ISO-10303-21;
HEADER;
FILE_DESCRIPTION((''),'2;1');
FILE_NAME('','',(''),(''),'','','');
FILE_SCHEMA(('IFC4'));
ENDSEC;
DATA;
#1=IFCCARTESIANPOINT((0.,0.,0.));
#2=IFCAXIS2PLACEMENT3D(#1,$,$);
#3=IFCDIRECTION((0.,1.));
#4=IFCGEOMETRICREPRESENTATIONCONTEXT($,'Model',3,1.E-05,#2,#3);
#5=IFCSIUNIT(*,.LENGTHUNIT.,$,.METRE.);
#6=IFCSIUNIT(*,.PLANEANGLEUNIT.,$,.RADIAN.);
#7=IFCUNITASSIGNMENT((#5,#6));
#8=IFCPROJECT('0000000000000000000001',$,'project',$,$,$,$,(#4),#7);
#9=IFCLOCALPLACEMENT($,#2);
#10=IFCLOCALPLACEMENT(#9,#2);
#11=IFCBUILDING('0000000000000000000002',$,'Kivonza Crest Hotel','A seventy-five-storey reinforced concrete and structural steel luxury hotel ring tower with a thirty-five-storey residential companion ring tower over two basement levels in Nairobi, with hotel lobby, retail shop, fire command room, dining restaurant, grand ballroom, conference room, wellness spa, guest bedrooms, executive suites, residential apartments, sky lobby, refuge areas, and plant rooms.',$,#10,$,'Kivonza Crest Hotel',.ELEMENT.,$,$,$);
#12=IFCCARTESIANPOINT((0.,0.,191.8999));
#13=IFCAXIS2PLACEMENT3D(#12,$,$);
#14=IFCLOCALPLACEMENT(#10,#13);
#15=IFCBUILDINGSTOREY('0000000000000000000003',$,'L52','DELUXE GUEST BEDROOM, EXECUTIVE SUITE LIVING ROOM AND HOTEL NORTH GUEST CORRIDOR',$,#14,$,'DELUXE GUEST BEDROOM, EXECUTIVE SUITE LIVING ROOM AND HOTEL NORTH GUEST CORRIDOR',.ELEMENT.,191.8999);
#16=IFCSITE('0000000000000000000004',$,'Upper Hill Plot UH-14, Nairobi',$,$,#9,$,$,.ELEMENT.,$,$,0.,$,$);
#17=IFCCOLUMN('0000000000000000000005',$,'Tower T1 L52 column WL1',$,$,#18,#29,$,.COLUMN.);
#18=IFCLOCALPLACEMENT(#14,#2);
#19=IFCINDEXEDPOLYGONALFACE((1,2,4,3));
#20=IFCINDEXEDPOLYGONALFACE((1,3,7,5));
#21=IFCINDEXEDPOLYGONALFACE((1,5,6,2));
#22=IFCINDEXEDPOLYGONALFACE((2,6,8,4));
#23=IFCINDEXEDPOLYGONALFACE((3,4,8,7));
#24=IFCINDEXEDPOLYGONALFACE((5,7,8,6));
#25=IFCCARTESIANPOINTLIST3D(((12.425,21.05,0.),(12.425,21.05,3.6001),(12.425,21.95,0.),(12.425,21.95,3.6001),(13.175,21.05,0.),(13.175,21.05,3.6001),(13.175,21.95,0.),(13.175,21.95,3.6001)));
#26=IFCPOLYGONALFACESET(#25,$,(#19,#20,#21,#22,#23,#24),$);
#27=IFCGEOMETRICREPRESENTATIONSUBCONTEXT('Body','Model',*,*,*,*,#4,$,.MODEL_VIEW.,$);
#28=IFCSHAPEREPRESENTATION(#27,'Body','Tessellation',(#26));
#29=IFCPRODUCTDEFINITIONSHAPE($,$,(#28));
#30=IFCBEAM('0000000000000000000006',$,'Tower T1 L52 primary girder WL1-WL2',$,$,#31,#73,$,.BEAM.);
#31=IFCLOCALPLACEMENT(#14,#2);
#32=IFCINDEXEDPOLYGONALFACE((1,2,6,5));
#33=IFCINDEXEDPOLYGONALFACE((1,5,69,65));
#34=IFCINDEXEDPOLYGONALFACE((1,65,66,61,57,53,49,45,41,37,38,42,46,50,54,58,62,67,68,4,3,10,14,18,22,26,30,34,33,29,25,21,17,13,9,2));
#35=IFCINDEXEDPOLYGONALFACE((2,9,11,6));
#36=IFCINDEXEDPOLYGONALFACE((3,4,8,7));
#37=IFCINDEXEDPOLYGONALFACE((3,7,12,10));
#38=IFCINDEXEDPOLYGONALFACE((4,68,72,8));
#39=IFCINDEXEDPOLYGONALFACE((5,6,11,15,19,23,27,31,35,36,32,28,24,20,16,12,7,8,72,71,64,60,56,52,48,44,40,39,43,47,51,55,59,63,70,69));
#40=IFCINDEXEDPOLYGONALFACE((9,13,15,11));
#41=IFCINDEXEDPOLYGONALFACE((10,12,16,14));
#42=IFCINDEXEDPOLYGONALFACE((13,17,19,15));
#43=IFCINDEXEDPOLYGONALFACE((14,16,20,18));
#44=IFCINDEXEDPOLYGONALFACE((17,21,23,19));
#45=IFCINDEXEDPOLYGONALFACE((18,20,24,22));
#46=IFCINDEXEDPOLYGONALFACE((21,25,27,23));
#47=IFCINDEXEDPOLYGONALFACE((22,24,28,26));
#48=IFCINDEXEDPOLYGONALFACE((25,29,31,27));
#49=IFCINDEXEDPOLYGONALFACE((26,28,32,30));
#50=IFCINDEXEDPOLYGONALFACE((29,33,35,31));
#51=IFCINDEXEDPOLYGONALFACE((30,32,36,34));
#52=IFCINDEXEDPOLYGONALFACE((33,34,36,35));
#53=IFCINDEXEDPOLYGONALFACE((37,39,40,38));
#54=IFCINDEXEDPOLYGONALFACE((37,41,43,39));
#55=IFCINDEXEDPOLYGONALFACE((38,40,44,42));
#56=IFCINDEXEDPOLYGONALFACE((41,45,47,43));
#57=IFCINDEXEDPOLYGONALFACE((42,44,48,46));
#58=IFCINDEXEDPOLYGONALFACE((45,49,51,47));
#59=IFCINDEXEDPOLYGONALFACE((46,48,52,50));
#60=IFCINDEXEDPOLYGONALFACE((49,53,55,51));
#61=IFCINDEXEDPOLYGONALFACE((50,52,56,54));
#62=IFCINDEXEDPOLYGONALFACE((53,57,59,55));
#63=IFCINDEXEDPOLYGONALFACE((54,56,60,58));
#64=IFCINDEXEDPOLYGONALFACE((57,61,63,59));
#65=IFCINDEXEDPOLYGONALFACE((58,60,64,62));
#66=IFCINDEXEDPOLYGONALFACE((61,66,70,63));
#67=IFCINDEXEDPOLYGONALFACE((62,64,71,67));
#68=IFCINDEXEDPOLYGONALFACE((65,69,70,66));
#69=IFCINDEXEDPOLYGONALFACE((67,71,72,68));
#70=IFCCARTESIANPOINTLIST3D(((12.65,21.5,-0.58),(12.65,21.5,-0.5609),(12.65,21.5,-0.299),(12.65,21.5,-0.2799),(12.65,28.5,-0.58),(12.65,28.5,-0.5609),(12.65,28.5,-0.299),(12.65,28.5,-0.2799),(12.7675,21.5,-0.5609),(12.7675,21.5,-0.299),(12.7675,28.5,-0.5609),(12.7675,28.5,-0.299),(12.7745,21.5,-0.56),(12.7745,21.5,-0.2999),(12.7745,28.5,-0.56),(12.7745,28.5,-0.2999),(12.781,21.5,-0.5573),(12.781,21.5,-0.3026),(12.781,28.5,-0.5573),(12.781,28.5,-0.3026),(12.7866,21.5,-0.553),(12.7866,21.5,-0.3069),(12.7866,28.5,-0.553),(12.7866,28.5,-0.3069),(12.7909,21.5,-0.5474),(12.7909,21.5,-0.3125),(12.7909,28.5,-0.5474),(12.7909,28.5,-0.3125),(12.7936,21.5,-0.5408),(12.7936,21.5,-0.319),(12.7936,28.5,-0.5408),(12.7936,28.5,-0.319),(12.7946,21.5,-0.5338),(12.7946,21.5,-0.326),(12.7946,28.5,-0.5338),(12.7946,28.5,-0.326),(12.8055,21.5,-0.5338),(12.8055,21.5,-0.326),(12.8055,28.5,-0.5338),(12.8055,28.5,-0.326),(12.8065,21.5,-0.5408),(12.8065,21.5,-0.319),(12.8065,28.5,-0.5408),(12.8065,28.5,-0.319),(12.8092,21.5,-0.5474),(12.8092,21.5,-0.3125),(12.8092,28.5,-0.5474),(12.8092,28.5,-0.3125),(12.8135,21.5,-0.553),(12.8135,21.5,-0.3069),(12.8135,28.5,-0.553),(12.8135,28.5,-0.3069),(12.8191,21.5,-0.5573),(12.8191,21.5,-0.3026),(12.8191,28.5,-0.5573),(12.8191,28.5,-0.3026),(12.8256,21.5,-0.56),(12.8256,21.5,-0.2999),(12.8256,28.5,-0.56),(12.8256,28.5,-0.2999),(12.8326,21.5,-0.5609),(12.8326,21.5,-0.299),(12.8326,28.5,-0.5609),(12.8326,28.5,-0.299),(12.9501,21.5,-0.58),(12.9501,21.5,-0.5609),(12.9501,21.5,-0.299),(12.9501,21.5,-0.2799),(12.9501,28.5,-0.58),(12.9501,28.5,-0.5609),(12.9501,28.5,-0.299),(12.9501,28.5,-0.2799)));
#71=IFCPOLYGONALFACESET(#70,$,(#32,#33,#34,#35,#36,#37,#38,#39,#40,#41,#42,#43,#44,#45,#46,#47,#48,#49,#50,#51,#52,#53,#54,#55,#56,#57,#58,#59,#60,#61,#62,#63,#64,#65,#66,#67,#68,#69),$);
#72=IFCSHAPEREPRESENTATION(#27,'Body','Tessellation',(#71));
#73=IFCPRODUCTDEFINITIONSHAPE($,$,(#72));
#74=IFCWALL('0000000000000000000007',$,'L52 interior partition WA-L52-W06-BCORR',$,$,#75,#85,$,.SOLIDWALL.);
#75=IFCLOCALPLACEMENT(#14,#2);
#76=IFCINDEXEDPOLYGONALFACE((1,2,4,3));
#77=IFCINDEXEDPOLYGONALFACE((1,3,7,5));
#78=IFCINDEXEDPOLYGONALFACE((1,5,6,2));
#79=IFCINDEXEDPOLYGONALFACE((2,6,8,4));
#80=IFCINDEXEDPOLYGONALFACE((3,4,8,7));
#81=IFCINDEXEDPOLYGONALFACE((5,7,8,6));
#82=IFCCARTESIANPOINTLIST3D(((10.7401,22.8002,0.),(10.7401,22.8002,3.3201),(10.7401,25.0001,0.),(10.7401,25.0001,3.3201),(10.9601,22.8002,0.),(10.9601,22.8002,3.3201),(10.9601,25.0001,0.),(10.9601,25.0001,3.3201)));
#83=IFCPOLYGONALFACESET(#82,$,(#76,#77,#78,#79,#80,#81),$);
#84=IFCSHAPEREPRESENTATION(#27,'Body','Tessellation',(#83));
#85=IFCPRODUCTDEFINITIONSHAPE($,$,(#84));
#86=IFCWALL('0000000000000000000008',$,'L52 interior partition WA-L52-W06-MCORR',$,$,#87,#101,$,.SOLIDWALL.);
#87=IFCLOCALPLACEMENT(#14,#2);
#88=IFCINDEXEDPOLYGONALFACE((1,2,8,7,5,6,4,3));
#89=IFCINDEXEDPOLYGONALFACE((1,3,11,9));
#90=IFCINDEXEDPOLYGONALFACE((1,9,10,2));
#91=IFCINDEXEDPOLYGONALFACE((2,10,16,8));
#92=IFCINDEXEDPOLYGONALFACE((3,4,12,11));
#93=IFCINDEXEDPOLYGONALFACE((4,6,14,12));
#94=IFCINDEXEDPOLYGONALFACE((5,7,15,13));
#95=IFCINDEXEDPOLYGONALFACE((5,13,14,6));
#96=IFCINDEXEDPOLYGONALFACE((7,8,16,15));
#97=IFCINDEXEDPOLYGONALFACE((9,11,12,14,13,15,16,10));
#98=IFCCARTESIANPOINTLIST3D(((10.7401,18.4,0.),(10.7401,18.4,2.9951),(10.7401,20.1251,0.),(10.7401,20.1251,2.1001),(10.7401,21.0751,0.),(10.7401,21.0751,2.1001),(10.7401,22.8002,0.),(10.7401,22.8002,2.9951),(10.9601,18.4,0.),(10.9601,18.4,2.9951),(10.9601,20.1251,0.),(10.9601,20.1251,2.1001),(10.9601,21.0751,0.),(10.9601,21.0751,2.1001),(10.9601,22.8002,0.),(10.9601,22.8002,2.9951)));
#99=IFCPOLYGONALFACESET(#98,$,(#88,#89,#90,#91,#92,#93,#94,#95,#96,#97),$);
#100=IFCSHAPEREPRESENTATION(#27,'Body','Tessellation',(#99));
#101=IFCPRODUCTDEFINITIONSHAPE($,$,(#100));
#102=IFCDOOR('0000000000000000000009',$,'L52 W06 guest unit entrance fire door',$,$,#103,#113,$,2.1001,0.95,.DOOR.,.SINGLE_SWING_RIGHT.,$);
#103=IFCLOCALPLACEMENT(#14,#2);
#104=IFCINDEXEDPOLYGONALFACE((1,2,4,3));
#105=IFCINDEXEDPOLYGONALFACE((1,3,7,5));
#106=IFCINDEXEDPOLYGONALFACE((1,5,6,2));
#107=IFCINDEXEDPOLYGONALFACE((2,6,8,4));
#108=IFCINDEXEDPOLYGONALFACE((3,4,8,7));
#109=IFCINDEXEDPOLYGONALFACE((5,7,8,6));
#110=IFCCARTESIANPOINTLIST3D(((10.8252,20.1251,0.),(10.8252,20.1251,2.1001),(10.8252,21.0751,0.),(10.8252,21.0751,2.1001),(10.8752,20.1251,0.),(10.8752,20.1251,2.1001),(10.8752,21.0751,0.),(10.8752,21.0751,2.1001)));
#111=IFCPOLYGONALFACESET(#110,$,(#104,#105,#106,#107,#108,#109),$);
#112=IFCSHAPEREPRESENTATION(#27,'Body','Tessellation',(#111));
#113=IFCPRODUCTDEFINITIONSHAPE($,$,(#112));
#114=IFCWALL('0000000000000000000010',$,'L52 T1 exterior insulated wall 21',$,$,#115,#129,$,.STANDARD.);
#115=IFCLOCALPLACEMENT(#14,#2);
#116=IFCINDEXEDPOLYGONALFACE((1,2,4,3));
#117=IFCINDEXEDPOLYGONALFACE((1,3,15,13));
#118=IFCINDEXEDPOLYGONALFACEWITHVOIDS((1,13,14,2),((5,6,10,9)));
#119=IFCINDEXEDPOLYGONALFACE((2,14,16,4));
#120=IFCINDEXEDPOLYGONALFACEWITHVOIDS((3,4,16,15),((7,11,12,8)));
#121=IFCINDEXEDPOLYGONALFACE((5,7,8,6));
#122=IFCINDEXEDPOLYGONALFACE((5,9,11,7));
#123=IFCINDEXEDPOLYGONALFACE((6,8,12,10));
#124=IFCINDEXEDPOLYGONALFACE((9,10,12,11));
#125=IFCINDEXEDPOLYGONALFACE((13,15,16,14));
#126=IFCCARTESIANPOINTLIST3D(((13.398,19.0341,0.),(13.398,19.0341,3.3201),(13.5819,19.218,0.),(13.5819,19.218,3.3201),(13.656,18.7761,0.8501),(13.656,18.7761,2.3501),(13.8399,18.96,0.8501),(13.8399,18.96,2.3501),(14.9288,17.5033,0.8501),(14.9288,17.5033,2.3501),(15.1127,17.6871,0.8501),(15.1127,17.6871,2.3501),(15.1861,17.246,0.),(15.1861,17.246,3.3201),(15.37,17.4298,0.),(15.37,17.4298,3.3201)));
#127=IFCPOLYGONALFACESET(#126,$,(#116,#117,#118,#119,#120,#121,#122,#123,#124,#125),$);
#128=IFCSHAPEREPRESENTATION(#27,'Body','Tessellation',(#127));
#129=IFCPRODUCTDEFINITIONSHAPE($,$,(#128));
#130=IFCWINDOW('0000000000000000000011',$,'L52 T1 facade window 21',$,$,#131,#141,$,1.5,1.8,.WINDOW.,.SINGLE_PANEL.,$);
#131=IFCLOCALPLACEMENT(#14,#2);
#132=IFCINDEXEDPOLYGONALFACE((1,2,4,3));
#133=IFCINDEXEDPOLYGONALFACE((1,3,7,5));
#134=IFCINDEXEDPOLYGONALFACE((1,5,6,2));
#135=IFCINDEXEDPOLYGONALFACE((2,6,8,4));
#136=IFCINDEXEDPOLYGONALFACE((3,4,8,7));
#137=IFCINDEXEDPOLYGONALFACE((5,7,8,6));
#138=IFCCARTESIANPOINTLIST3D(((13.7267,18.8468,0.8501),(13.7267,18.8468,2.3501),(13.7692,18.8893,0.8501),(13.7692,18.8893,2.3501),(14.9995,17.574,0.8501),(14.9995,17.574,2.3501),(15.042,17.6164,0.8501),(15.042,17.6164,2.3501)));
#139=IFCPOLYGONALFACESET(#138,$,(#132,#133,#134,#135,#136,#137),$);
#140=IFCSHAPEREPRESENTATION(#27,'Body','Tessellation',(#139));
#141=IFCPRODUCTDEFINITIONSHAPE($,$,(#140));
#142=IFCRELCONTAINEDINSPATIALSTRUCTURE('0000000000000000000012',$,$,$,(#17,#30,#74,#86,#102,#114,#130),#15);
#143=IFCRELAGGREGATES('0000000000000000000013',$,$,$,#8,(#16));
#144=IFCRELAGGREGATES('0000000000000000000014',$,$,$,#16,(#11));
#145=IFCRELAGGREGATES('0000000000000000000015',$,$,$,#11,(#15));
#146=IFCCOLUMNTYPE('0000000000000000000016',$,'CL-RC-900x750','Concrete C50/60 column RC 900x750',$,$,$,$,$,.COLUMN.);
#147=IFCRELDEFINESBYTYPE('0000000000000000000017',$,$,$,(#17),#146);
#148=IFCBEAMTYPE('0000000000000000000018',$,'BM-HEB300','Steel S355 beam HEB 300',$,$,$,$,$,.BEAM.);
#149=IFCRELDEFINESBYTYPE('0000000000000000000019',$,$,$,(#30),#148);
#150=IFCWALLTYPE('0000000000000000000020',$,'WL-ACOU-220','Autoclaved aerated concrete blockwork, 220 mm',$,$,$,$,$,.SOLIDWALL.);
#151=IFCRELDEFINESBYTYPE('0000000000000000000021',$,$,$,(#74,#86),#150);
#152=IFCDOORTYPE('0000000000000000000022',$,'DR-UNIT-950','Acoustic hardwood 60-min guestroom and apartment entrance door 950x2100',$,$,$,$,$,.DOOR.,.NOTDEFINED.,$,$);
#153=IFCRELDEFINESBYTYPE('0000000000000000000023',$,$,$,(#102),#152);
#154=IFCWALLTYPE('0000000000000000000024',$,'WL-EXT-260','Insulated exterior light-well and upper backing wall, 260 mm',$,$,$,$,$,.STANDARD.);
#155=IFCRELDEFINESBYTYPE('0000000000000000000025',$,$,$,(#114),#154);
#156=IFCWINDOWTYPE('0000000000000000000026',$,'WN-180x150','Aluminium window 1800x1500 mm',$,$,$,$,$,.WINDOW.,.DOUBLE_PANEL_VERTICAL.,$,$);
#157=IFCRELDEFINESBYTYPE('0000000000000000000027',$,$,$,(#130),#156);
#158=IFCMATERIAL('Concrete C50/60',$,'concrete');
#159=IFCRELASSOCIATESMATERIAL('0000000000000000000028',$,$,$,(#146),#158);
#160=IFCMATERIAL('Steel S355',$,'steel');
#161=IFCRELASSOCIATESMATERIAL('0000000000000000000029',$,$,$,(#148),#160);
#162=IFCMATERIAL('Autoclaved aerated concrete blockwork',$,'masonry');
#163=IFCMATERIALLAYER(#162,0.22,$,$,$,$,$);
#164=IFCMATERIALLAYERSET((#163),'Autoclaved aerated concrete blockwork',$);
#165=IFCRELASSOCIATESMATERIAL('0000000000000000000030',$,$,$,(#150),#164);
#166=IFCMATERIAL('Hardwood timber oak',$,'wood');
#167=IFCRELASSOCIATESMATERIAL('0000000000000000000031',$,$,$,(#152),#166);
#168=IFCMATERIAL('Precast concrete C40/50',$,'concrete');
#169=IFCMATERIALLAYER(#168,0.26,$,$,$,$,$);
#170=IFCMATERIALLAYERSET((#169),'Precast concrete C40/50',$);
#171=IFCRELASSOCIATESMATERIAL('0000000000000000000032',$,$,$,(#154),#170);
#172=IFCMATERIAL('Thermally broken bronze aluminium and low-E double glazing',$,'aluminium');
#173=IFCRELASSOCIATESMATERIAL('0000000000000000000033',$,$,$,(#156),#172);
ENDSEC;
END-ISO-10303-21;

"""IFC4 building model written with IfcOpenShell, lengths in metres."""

from ifc_helpers import new_model, si_unit, direction, frame, frame_2d, origin, origin_2d, place, context, subcontext, project, spatial, rectangle, i_section, extrude, material, layer, layer_set, material_profile, profile_set, type_object, element, fill, save


model = new_model("IFC4")

# Units and contexts
model_context = context("Model", 3, precision=1e-05, world=origin(), true_north=direction((0.0, 1.0)))
body_context = subcontext(model_context, "Body", "Model", "MODEL_VIEW")
ifc_project = project(units=[si_unit("LENGTHUNIT", "METRE"), si_unit("PLANEANGLEUNIT", "RADIAN")], contexts=[model_context])

# Site, building, storey
site_placement = place(None, origin())
site = spatial("IfcSite", under=ifc_project, at=site_placement, Name="Upper Hill Plot UH-14, Nairobi", CompositionType="ELEMENT", RefElevation=0.0)
building_placement = place(site_placement, origin())
building = spatial("IfcBuilding", under=site, at=building_placement, Name="Kivonza Crest Hotel", Description="A seventy-five-storey reinforced concrete and structural steel luxury hotel ring tower with a thirty-five-storey residential companion ring tower over two basement levels in Nairobi, with hotel lobby, retail shop, fire command room, dining restaurant, grand ballroom, conference room, wellness spa, guest bedrooms, executive suites, residential apartments, sky lobby, refuge areas, and plant rooms.", LongName="Kivonza Crest Hotel", CompositionType="ELEMENT")
storey_placement = place(building_placement, frame((0.0, 0.0, 191.8999)))
storey = spatial("IfcBuildingStorey", under=building, at=storey_placement, Name="L52", Description="DELUXE GUEST BEDROOM, EXECUTIVE SUITE LIVING ROOM AND HOTEL NORTH GUEST CORRIDOR", LongName="DELUXE GUEST BEDROOM, EXECUTIVE SUITE LIVING ROOM AND HOTEL NORTH GUEST CORRIDOR", CompositionType="ELEMENT", Elevation=191.8999)

# Column
ifc_material_1 = material(Name="Concrete C50/60", Category="concrete")
ifc_material_profile_1 = material_profile(ifc_material_1, rectangle(XDim=0.75, YDim=0.8999, at=origin_2d()), Name="RC 900x750")
ifc_profile_set_1 = profile_set([ifc_material_profile_1], Name="Concrete C50/60")
column_type = type_object("IfcColumnType", Name="CL-RC-900x750", Description="Concrete C50/60 column RC 900x750", PredefinedType="COLUMN", material=ifc_profile_set_1)
column_placement = place(storey_placement, frame((12.8, 21.5, 0.0), z_axis=(0.0, 0.0, 1.0), x_axis=(1.0, 0.0, 0.0)))
element("IfcColumn", 1, at=column_placement, inside=storey, type_object=column_type, Name="Tower T1 L52 column WL1", PredefinedType="COLUMN", context=body_context, shape_type="SweptSolid", body=[
    extrude(rectangle(XDim=0.75, YDim=0.8999, at=origin_2d()), origin(), (0.0, 0.0, 1.0), 3.6001),
])

# Beam
ifc_material_2 = material(Name="Steel S355", Category="steel")
ifc_material_profile_2 = material_profile(ifc_material_2, i_section(OverallWidth=0.3, OverallDepth=0.3, WebThickness=0.011, FlangeThickness=0.019, FilletRadius=0.0271, at=origin_2d()), Name="HEB 300")
ifc_profile_set_2 = profile_set([ifc_material_profile_2], Name="Steel S355")
beam_type = type_object("IfcBeamType", Name="BM-HEB300", Description="Steel S355 beam HEB 300", PredefinedType="BEAM", material=ifc_profile_set_2)
beam_placement = place(storey_placement, frame((12.8, 21.5, -0.4299), z_axis=(0.0, 1.0, 0.0), x_axis=(-1.0, 0.0, 0.0)))
element("IfcBeam", 2, at=beam_placement, inside=storey, type_object=beam_type, Name="Tower T1 L52 primary girder WL1-WL2", PredefinedType="BEAM", context=body_context, shape_type="SweptSolid", body=[
    extrude(i_section(OverallWidth=0.3, OverallDepth=0.3, WebThickness=0.011, FlangeThickness=0.019, FilletRadius=0.0271, at=origin_2d()), origin(), (0.0, 0.0, 1.0), 7.0),
])

# Wall
ifc_material_3 = material(Name="Autoclaved aerated concrete blockwork", Category="masonry")
ifc_layer_1 = layer(ifc_material_3, 0.22)
ifc_layer_set_1 = layer_set([ifc_layer_1], Name="Autoclaved aerated concrete blockwork")
wall_type_1 = type_object("IfcWallType", Name="WL-ACOU-220", Description="Autoclaved aerated concrete blockwork, 220 mm", PredefinedType="SOLIDWALL", material=ifc_layer_set_1)
wall_1_placement = place(storey_placement, frame((10.8501, 22.8, 0.0), z_axis=(0.0, 0.0, 1.0), x_axis=(0.0, 1.0, 0.0)))
element("IfcWall", 3, at=wall_1_placement, inside=storey, type_object=wall_type_1, Name="L52 interior partition WA-L52-W06-BCORR", PredefinedType="SOLIDWALL", context=body_context, shape_type="SweptSolid", body=[
    extrude(rectangle(XDim=2.2, YDim=0.22, at=frame_2d((1.1001, 0.0))), origin(), (0.0, 0.0, 1.0), 3.3201),
])

# Wall, opening, door
wall_2_placement = place(storey_placement, frame((10.8501, 18.3999, 0.0), z_axis=(0.0, 0.0, 1.0), x_axis=(0.0, 1.0, 0.0)))
wall_2 = element("IfcWall", 4, at=wall_2_placement, inside=storey, type_object=wall_type_1, Name="L52 interior partition WA-L52-W06-MCORR", PredefinedType="SOLIDWALL", context=body_context, shape_type="SweptSolid", body=[
    extrude(rectangle(XDim=4.4001, YDim=0.22, at=frame_2d((2.2002, 0.0))), origin(), (0.0, 0.0, 1.0), 2.9951),
])
opening_1_placement = place(wall_2_placement, frame((1.7251, 0.0, 0.0)))
opening_1 = element("IfcOpeningElement", 5, at=opening_1_placement, cuts=wall_2, PredefinedType="OPENING", context=body_context, shape_type="SweptSolid", body=[
    extrude(rectangle(XDim=0.95, YDim=2.1001, at=frame_2d((0.4751, 1.05))), frame((0.0, 0.1201, 0.0), z_axis=(0.0, -1.0, 0.0), x_axis=(1.0, 0.0, 0.0)), (0.0, 0.0, 1.0), 0.24),
])
ifc_material_4 = material(Name="Hardwood timber oak", Category="wood")
door_type_1 = type_object("IfcDoorType", Name="DR-UNIT-950", Description="Acoustic hardwood 60-min guestroom and apartment entrance door 950x2100", OperationType="NOTDEFINED", PredefinedType="DOOR", material=ifc_material_4)
door_1_placement = place(opening_1_placement, origin())
door_1 = element("IfcDoor", 6, at=door_1_placement, inside=storey, type_object=door_type_1, Name="L52 W06 guest unit entrance fire door", OperationType="SINGLE_SWING_RIGHT", OverallHeight=2.1001, OverallWidth=0.95, PredefinedType="DOOR", context=body_context, shape_type="SweptSolid", body=[
    extrude(rectangle(XDim=0.95, YDim=2.1001, at=frame_2d((0.4751, 1.05))), frame((0.0, 0.0249, 0.0), z_axis=(0.0, -1.0, 0.0), x_axis=(1.0, 0.0, 0.0)), (0.0, 0.0, 1.0), 0.05),
])
fill(opening_1, door_1)

# Wall, opening, window
ifc_material_5 = material(Name="Precast concrete C40/50", Category="concrete")
ifc_layer_2 = layer(ifc_material_5, 0.26)
ifc_layer_set_2 = layer_set([ifc_layer_2], Name="Precast concrete C40/50")
wall_type_2 = type_object("IfcWallType", Name="WL-EXT-260", Description="Insulated exterior light-well and upper backing wall, 260 mm", PredefinedType="STANDARD", material=ifc_layer_set_2)
wall_3_placement = place(storey_placement, frame((15.2781, 17.3379, 0.0), z_axis=(0.0, 0.0, 1.0), x_axis=(-0.707107, 0.707107, 0.0)))
wall_3 = element("IfcWall", 7, at=wall_3_placement, inside=storey, type_object=wall_type_2, Name="L52 T1 exterior insulated wall 21", PredefinedType="STANDARD", context=body_context, shape_type="SweptSolid", body=[
    extrude(rectangle(XDim=2.5288, YDim=0.26, at=frame_2d((1.2644, 0.0))), origin(), (0.0, 0.0, 1.0), 3.3201),
])
opening_2_placement = place(wall_3_placement, frame((0.364, 0.0, 0.8501)))
opening_2 = element("IfcOpeningElement", 8, at=opening_2_placement, cuts=wall_3, PredefinedType="OPENING", context=body_context, shape_type="SweptSolid", body=[
    extrude(rectangle(XDim=1.8, YDim=1.5, at=frame_2d((0.8999, 0.75))), frame((0.0, 0.1401, 0.0), z_axis=(0.0, -1.0, 0.0), x_axis=(1.0, 0.0, 0.0)), (0.0, 0.0, 1.0), 0.28),
])
ifc_material_6 = material(Name="Thermally broken bronze aluminium and low-E double glazing", Category="aluminium")
window_type_1 = type_object("IfcWindowType", Name="WN-180x150", Description="Aluminium window 1800x1500 mm", PartitioningType="DOUBLE_PANEL_VERTICAL", PredefinedType="WINDOW", material=ifc_material_6)
window_1_placement = place(opening_2_placement, origin())
window_1 = element("IfcWindow", 9, at=window_1_placement, inside=storey, type_object=window_type_1, Name="L52 T1 facade window 21", OverallHeight=1.5, OverallWidth=1.8, PartitioningType="SINGLE_PANEL", PredefinedType="WINDOW", context=body_context, shape_type="SweptSolid", body=[
    extrude(rectangle(XDim=1.8, YDim=1.5, at=frame_2d((0.8999, 0.75))), frame((0.0, 0.03, 0.0), z_axis=(0.0, -1.0, 0.0), x_axis=(1.0, 0.0, 0.0)), (0.0, 0.0, 1.0), 0.0601),
])
fill(opening_2, window_1)

save(model, "model.ifc")
